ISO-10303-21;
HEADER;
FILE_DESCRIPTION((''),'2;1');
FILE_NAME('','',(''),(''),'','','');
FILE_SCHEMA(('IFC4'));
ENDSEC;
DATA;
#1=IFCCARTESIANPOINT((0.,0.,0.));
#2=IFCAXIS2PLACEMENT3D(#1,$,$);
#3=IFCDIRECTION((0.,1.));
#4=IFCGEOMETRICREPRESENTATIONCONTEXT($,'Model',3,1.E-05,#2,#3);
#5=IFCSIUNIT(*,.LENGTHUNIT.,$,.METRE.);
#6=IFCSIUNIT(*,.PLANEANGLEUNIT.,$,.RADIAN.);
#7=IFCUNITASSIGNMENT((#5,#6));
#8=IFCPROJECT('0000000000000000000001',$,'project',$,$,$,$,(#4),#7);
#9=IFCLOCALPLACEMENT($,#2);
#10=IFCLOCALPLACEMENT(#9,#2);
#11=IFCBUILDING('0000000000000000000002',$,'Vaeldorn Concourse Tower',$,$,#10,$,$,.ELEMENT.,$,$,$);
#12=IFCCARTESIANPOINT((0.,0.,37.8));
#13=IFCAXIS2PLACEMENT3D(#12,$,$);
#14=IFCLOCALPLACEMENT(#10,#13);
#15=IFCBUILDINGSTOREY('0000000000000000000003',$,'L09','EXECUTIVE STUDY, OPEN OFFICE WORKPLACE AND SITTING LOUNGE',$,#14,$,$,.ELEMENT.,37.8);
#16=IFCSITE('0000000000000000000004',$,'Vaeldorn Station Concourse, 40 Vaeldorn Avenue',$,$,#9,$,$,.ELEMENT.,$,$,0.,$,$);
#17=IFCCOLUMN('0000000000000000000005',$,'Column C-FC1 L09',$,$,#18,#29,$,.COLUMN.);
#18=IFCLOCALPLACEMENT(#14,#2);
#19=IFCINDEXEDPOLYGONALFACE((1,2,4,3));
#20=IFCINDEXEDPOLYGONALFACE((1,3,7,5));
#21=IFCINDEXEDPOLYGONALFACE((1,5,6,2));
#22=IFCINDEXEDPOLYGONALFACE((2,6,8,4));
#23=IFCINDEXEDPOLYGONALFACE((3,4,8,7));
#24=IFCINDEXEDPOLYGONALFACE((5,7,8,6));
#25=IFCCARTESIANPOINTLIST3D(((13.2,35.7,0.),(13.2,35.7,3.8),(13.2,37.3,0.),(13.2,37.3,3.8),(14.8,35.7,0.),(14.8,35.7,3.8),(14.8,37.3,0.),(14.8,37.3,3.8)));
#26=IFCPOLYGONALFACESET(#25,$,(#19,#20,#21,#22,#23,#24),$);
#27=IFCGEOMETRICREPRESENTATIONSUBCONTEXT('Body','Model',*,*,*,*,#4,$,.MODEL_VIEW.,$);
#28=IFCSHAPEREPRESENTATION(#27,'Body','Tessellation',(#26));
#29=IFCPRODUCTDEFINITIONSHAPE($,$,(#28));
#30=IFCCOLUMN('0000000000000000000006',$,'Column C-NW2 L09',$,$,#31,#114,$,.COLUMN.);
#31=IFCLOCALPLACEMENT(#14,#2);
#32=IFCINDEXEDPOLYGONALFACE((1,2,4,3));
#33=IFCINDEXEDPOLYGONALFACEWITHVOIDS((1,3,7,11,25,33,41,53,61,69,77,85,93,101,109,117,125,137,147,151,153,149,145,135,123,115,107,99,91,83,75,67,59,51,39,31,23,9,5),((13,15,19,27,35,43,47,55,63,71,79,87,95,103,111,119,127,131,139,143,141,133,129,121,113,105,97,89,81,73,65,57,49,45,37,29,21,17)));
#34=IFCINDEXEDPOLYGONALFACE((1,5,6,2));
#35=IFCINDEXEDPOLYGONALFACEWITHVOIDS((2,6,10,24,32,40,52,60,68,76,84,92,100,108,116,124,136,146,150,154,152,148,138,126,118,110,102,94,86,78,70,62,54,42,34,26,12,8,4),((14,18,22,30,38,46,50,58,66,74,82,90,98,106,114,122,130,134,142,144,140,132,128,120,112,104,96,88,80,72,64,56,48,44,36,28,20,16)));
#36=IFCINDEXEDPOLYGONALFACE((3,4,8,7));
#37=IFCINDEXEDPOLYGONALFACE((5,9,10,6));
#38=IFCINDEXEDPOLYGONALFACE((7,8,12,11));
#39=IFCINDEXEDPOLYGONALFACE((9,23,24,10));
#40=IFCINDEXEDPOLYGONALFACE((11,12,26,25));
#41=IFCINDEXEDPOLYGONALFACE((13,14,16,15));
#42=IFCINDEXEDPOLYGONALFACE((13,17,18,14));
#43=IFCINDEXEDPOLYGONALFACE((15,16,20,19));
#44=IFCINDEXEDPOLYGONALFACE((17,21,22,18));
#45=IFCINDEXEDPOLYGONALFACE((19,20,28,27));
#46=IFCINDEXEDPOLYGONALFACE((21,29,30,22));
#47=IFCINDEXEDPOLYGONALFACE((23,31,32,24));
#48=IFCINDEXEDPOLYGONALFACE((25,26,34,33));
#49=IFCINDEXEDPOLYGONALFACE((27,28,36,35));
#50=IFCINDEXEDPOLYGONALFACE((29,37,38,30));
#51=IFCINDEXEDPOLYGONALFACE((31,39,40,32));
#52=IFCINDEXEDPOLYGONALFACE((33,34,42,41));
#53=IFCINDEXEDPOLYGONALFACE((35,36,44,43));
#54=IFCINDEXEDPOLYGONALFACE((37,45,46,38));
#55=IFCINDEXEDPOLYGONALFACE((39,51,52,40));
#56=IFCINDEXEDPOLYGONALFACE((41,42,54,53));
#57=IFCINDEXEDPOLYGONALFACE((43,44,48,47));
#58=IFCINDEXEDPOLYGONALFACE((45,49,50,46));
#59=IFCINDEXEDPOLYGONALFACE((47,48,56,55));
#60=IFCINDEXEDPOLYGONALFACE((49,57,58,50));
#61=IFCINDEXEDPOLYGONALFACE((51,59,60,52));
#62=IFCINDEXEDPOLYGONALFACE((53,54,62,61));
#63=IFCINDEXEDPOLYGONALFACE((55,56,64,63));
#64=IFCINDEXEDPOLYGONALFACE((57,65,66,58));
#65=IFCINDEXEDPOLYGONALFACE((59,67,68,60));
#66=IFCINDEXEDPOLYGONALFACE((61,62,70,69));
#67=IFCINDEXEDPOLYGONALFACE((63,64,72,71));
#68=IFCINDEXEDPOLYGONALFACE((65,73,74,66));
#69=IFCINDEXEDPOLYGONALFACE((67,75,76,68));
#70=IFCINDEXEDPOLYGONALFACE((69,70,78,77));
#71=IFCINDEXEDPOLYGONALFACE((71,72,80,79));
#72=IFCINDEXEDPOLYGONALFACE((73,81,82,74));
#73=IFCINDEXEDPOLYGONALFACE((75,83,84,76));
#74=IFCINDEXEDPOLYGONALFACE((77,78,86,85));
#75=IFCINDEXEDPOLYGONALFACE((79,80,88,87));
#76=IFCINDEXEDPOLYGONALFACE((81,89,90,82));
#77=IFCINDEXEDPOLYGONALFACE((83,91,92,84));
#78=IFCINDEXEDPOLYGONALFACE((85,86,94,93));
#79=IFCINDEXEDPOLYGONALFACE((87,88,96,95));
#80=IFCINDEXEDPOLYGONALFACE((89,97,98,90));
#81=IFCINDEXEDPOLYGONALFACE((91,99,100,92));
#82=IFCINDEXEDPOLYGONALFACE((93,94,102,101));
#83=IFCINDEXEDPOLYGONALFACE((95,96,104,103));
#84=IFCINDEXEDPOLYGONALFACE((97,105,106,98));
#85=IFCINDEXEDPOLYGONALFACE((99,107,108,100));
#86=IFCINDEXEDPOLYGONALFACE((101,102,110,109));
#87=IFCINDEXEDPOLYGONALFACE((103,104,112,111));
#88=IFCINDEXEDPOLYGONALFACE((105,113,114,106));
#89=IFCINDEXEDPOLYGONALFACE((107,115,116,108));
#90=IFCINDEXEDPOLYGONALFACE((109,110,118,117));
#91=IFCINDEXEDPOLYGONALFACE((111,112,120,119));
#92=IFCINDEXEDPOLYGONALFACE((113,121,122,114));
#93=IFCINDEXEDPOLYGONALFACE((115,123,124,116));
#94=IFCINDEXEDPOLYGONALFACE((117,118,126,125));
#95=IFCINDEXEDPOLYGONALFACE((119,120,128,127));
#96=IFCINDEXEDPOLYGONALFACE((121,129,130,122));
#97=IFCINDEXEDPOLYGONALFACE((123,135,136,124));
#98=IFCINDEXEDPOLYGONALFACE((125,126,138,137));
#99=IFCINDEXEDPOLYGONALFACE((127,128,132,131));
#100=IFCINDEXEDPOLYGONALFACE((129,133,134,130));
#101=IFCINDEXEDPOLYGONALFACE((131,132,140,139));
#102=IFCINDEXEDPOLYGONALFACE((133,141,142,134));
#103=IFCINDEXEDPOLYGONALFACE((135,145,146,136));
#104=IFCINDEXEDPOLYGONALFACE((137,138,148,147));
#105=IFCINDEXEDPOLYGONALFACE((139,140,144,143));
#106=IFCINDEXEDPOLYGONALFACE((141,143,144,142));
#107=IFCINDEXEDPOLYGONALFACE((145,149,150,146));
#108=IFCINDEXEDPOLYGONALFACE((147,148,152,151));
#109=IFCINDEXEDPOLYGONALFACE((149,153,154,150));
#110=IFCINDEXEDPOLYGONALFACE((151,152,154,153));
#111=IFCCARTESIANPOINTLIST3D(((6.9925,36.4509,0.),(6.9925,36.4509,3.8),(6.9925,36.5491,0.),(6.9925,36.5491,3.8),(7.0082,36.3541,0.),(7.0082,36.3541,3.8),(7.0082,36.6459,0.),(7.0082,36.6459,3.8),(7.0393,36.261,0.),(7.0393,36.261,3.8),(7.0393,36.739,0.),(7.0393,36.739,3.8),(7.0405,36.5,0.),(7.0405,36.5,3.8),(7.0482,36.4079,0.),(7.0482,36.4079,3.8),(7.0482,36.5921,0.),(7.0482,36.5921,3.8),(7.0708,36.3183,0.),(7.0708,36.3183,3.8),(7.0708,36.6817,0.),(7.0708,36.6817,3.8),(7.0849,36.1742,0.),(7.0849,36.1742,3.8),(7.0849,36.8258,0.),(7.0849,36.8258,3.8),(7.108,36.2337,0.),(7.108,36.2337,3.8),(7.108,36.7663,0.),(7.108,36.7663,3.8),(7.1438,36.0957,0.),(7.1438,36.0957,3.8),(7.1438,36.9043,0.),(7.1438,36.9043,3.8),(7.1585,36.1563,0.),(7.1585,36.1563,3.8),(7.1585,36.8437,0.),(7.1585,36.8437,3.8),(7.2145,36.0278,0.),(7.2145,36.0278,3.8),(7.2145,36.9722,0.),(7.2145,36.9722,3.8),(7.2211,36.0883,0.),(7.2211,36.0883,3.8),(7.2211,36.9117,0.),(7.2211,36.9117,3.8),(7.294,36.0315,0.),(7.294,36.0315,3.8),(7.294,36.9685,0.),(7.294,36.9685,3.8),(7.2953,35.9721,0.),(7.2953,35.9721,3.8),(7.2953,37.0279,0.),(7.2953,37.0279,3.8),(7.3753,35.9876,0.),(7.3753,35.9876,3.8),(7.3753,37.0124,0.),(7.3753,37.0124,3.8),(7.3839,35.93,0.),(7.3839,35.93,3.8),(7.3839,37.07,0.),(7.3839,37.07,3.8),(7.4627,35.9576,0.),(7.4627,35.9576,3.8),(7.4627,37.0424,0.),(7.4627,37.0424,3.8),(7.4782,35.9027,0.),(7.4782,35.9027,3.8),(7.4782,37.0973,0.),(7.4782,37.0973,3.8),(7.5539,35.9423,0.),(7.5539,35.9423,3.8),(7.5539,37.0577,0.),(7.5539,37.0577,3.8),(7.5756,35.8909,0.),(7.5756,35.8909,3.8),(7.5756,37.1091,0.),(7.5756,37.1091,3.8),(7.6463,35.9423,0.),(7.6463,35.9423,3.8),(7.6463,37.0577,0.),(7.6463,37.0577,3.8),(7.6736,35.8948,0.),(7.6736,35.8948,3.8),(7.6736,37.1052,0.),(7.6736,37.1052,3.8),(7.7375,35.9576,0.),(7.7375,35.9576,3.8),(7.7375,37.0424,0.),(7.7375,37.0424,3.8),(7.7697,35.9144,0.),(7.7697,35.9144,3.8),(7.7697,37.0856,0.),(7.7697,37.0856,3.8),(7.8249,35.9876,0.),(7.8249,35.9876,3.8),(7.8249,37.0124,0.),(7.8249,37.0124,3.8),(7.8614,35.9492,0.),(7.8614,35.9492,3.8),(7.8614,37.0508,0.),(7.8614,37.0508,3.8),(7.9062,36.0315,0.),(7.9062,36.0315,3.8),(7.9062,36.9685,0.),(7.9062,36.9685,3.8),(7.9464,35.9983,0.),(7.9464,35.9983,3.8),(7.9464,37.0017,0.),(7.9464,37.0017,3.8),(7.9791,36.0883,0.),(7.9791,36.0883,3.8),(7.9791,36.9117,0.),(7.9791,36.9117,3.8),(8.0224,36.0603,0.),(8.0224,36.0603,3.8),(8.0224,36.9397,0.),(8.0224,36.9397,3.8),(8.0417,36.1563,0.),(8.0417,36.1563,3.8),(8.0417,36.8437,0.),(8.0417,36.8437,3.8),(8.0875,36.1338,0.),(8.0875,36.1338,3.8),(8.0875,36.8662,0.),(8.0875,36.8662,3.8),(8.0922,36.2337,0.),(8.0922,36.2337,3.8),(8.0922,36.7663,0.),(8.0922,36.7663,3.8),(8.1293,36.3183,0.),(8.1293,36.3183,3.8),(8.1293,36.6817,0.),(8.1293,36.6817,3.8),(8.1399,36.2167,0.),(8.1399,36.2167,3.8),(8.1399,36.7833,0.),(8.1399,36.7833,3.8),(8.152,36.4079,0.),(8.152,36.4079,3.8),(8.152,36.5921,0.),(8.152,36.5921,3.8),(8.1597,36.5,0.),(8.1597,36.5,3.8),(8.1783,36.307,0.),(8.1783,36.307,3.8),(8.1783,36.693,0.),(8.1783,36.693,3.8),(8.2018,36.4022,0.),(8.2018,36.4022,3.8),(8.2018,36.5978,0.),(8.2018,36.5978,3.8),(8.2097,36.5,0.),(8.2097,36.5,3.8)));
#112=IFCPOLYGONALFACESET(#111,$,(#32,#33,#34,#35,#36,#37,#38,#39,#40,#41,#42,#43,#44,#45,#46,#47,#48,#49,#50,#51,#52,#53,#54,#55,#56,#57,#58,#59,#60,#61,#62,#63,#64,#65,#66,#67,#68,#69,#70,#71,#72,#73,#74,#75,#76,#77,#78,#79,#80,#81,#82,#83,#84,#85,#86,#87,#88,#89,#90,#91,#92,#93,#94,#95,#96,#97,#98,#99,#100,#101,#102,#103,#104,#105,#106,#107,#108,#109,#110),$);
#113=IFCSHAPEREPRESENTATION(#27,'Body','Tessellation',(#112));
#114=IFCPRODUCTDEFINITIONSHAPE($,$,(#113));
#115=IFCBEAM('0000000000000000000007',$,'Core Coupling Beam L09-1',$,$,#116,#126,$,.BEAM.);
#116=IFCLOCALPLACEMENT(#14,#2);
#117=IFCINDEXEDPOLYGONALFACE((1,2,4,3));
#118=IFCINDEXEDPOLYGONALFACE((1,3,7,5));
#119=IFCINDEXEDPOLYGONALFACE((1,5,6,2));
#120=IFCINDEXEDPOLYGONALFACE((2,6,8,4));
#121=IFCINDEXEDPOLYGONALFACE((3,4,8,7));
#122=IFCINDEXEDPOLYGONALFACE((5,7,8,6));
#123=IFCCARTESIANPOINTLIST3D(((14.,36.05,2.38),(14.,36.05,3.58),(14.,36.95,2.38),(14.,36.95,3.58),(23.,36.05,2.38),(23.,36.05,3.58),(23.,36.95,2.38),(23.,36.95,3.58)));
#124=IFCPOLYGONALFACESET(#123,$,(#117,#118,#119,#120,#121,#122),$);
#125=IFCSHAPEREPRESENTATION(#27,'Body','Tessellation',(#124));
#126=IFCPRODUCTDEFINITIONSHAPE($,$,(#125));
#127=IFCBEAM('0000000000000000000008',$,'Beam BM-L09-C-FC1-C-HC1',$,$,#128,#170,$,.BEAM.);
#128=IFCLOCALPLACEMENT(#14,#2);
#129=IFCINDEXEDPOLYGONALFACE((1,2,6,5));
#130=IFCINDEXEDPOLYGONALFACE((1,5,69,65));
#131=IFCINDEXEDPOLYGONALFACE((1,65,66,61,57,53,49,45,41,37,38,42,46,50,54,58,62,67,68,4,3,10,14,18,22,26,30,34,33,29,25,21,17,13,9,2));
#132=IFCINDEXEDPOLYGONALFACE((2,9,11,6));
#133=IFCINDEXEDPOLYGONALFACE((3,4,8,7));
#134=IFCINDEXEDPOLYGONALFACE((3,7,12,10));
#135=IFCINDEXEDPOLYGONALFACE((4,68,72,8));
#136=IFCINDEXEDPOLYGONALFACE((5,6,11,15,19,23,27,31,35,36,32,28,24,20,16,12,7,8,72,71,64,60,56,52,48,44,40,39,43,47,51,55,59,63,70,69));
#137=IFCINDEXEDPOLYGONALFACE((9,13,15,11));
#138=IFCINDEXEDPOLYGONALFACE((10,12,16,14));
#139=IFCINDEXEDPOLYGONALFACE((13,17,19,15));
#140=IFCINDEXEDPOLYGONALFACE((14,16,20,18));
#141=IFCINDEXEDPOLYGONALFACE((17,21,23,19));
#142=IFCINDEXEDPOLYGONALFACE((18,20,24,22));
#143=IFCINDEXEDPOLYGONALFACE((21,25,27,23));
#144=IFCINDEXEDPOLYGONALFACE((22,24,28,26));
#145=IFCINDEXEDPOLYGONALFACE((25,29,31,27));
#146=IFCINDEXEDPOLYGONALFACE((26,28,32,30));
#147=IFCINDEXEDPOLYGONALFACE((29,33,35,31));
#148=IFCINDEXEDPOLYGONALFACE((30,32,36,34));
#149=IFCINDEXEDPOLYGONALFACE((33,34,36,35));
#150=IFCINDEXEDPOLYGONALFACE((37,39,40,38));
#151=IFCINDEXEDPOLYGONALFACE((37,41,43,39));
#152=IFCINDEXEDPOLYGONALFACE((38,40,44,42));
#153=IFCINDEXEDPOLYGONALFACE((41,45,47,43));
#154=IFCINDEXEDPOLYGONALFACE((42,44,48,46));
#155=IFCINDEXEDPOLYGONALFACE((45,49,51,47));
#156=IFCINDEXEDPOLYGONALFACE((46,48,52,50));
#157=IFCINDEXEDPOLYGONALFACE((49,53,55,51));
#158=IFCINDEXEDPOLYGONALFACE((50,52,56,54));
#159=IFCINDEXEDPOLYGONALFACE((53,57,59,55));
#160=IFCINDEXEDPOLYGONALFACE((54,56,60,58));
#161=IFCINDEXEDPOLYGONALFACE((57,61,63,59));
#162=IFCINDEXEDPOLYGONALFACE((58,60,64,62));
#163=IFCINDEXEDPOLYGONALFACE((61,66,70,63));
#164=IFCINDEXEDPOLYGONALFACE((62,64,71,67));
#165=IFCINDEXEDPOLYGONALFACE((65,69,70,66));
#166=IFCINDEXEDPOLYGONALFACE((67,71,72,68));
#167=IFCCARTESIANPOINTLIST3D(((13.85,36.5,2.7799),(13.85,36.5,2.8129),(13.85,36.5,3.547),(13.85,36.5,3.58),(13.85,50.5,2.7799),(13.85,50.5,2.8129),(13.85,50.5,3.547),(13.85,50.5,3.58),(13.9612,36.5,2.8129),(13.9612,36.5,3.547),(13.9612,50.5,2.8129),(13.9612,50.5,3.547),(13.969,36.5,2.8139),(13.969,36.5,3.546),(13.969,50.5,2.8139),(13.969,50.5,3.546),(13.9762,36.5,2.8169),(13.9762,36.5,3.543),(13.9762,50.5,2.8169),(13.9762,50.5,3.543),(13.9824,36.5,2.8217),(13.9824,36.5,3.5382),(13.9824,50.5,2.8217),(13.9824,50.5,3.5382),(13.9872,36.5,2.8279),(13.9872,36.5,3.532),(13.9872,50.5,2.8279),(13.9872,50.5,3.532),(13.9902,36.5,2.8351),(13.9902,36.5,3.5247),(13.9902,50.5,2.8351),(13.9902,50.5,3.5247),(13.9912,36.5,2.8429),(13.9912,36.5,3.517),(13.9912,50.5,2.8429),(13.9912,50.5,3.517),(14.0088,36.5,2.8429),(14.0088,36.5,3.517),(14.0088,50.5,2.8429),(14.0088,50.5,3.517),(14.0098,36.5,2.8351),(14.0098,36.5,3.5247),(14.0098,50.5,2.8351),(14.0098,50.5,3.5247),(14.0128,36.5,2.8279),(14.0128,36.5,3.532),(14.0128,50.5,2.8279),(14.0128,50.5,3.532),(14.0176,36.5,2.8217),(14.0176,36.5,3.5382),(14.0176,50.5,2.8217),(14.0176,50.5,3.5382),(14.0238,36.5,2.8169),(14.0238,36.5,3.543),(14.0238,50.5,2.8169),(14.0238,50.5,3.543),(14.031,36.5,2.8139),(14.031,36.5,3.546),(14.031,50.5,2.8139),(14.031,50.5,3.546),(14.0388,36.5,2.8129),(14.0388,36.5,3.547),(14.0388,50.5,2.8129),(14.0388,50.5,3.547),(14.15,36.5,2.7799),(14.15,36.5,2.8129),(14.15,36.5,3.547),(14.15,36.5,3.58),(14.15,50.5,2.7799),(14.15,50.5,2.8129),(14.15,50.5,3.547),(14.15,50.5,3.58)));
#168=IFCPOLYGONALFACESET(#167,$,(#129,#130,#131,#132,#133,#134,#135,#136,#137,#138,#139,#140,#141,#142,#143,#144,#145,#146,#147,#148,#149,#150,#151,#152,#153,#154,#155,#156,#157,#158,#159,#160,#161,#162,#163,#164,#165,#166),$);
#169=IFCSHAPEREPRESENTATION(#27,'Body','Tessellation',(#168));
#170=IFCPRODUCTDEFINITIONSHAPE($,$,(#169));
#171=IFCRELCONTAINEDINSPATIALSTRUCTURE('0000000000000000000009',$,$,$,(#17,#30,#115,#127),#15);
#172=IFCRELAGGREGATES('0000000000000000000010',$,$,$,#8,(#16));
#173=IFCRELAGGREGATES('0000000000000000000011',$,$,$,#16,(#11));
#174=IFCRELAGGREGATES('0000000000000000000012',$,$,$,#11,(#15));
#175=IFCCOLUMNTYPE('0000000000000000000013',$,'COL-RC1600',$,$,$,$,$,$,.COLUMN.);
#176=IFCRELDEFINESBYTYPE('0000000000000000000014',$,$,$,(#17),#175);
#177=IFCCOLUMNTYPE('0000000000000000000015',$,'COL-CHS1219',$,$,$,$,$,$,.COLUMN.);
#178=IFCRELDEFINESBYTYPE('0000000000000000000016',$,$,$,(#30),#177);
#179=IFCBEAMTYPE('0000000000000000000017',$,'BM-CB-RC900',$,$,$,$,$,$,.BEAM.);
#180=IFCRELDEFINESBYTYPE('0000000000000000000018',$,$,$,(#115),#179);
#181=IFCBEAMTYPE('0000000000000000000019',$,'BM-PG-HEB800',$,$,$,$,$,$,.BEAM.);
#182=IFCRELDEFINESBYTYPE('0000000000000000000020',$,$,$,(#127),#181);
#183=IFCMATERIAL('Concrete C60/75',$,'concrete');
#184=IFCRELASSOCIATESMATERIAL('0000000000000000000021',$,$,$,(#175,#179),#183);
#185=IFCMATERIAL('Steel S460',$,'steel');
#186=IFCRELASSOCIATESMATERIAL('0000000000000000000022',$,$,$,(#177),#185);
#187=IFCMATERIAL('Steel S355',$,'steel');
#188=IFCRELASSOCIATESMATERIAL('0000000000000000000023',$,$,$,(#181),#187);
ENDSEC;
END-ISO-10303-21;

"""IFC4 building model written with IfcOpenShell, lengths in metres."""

from ifc_helpers import new_model, si_unit, direction, frame, origin, origin_2d, place, context, subcontext, project, spatial, rectangle, hollow_circle, i_section, extrude, source, transform, mapped, material, material_profile, profile_set, type_object, element, save


model = new_model("IFC4")

# Units and contexts
model_context = context("Model", 3, precision=1e-05, world=origin(), true_north=direction((0.0, 1.0)))
body_context = subcontext(model_context, "Body", "Model", "MODEL_VIEW")
ifc_project = project(units=[si_unit("LENGTHUNIT", "METRE"), si_unit("PLANEANGLEUNIT", "RADIAN")], contexts=[model_context])

# Site, building, storey
site_placement = place(None, origin())
site = spatial("IfcSite", under=ifc_project, at=site_placement, Name="Vaeldorn Station Concourse, 40 Vaeldorn Avenue", CompositionType="ELEMENT", RefElevation=0.0)
building_placement = place(site_placement, origin())
building = spatial("IfcBuilding", under=site, at=building_placement, Name="Vaeldorn Concourse Tower", CompositionType="ELEMENT")
storey_placement = place(building_placement, frame((0.0, 0.0, 37.8)))
storey = spatial("IfcBuildingStorey", under=building, at=storey_placement, Name="L09", Description="EXECUTIVE STUDY, OPEN OFFICE WORKPLACE AND SITTING LOUNGE", CompositionType="ELEMENT", Elevation=37.8)

# Columns
ifc_material_1 = material(Name="Concrete C60/75", Category="concrete")
ifc_material_profile_1 = material_profile(ifc_material_1, rectangle(XDim=1.6001, YDim=1.6001, at=origin_2d()), Name="RC 1600x1600")
ifc_profile_set_1 = profile_set([ifc_material_profile_1], Name="Concrete C60/75")
column_type_1 = type_object("IfcColumnType", Name="COL-RC1600", PredefinedType="COLUMN", material=ifc_profile_set_1)
shared_shape_1 = source(origin(), body_context, "Body", "SweptSolid", [
    extrude(rectangle(XDim=1.6001, YDim=1.6001, at=origin_2d()), origin(), (0.0, 0.0, 1.0), 3.8),
])
column_1_placement = place(storey_placement, frame((14.0, 36.5, 0.0), z_axis=(0.0, 0.0, 1.0), x_axis=(1.0, 0.0, 0.0)))
element("IfcColumn", 1, at=column_1_placement, inside=storey, type_object=column_type_1, Name="Column C-FC1 L09", PredefinedType="COLUMN", context=body_context, shape_type="MappedRepresentation", body=[
    mapped(shared_shape_1, transform((0.0, 0.0, 0.0), scale=1.0)),
])
ifc_material_2 = material(Name="Steel S460", Category="steel")
ifc_material_profile_2 = material_profile(ifc_material_2, hollow_circle(Radius=0.6096, WallThickness=0.05, at=origin_2d()), Name="CHS 1219x50")
ifc_profile_set_2 = profile_set([ifc_material_profile_2], Name="Steel S460")
column_type_2 = type_object("IfcColumnType", Name="COL-CHS1219", PredefinedType="COLUMN", material=ifc_profile_set_2)
shared_shape_2 = source(origin(), body_context, "Body", "SweptSolid", [
    extrude(hollow_circle(Radius=0.6096, WallThickness=0.05, at=origin_2d()), origin(), (0.0, 0.0, 1.0), 3.8),
])
column_2_placement = place(storey_placement, frame((7.6001, 36.5, 0.0), z_axis=(0.0, 0.0, 1.0), x_axis=(1.0, 0.0, 0.0)))
element("IfcColumn", 2, at=column_2_placement, inside=storey, type_object=column_type_2, Name="Column C-NW2 L09", PredefinedType="COLUMN", context=body_context, shape_type="MappedRepresentation", body=[
    mapped(shared_shape_2, transform((0.0, 0.0, 0.0), scale=1.0)),
])

# Beams
ifc_material_profile_3 = material_profile(ifc_material_1, rectangle(XDim=0.8999, YDim=1.2, at=origin_2d()), Name="RC 900x1200")
ifc_profile_set_3 = profile_set([ifc_material_profile_3], Name="Concrete C60/75")
beam_type_1 = type_object("IfcBeamType", Name="BM-CB-RC900", PredefinedType="BEAM", material=ifc_profile_set_3)
shared_shape_3 = source(origin(), body_context, "Body", "SweptSolid", [
    extrude(rectangle(XDim=0.8999, YDim=1.2, at=origin_2d()), origin(), (0.0, 0.0, 1.0), 9.0),
])
beam_1_placement = place(storey_placement, frame((14.0, 36.5, 2.98), z_axis=(1.0, 0.0, 0.0), x_axis=(0.0, 1.0, 0.0)))
element("IfcBeam", 3, at=beam_1_placement, inside=storey, type_object=beam_type_1, Name="Core Coupling Beam L09-1", PredefinedType="BEAM", context=body_context, shape_type="MappedRepresentation", body=[
    mapped(shared_shape_3, transform((0.0, 0.0, 0.0), scale=1.0)),
])
ifc_material_3 = material(Name="Steel S355", Category="steel")
ifc_material_profile_4 = material_profile(ifc_material_3, i_section(OverallWidth=0.3, OverallDepth=0.8, WebThickness=0.0176, FlangeThickness=0.033, FilletRadius=0.03, at=origin_2d()), Name="HEB 800")
ifc_profile_set_4 = profile_set([ifc_material_profile_4], Name="Steel S355")
beam_type_2 = type_object("IfcBeamType", Name="BM-PG-HEB800", PredefinedType="BEAM", material=ifc_profile_set_4)
shared_shape_4 = source(origin(), body_context, "Body", "SweptSolid", [
    extrude(i_section(OverallWidth=0.3, OverallDepth=0.8, WebThickness=0.0176, FlangeThickness=0.033, FilletRadius=0.03, at=origin_2d()), origin(), (0.0, 0.0, 1.0), 14.0),
])
beam_2_placement = place(storey_placement, frame((14.0, 36.5, 3.1799), z_axis=(0.0, 1.0, 0.0), x_axis=(-1.0, 0.0, 0.0)))
element("IfcBeam", 4, at=beam_2_placement, inside=storey, type_object=beam_type_2, Name="Beam BM-L09-C-FC1-C-HC1", PredefinedType="BEAM", context=body_context, shape_type="MappedRepresentation", body=[
    mapped(shared_shape_4, transform((0.0, 0.0, 0.0), scale=1.0)),
])

save(model, "model.ifc")
